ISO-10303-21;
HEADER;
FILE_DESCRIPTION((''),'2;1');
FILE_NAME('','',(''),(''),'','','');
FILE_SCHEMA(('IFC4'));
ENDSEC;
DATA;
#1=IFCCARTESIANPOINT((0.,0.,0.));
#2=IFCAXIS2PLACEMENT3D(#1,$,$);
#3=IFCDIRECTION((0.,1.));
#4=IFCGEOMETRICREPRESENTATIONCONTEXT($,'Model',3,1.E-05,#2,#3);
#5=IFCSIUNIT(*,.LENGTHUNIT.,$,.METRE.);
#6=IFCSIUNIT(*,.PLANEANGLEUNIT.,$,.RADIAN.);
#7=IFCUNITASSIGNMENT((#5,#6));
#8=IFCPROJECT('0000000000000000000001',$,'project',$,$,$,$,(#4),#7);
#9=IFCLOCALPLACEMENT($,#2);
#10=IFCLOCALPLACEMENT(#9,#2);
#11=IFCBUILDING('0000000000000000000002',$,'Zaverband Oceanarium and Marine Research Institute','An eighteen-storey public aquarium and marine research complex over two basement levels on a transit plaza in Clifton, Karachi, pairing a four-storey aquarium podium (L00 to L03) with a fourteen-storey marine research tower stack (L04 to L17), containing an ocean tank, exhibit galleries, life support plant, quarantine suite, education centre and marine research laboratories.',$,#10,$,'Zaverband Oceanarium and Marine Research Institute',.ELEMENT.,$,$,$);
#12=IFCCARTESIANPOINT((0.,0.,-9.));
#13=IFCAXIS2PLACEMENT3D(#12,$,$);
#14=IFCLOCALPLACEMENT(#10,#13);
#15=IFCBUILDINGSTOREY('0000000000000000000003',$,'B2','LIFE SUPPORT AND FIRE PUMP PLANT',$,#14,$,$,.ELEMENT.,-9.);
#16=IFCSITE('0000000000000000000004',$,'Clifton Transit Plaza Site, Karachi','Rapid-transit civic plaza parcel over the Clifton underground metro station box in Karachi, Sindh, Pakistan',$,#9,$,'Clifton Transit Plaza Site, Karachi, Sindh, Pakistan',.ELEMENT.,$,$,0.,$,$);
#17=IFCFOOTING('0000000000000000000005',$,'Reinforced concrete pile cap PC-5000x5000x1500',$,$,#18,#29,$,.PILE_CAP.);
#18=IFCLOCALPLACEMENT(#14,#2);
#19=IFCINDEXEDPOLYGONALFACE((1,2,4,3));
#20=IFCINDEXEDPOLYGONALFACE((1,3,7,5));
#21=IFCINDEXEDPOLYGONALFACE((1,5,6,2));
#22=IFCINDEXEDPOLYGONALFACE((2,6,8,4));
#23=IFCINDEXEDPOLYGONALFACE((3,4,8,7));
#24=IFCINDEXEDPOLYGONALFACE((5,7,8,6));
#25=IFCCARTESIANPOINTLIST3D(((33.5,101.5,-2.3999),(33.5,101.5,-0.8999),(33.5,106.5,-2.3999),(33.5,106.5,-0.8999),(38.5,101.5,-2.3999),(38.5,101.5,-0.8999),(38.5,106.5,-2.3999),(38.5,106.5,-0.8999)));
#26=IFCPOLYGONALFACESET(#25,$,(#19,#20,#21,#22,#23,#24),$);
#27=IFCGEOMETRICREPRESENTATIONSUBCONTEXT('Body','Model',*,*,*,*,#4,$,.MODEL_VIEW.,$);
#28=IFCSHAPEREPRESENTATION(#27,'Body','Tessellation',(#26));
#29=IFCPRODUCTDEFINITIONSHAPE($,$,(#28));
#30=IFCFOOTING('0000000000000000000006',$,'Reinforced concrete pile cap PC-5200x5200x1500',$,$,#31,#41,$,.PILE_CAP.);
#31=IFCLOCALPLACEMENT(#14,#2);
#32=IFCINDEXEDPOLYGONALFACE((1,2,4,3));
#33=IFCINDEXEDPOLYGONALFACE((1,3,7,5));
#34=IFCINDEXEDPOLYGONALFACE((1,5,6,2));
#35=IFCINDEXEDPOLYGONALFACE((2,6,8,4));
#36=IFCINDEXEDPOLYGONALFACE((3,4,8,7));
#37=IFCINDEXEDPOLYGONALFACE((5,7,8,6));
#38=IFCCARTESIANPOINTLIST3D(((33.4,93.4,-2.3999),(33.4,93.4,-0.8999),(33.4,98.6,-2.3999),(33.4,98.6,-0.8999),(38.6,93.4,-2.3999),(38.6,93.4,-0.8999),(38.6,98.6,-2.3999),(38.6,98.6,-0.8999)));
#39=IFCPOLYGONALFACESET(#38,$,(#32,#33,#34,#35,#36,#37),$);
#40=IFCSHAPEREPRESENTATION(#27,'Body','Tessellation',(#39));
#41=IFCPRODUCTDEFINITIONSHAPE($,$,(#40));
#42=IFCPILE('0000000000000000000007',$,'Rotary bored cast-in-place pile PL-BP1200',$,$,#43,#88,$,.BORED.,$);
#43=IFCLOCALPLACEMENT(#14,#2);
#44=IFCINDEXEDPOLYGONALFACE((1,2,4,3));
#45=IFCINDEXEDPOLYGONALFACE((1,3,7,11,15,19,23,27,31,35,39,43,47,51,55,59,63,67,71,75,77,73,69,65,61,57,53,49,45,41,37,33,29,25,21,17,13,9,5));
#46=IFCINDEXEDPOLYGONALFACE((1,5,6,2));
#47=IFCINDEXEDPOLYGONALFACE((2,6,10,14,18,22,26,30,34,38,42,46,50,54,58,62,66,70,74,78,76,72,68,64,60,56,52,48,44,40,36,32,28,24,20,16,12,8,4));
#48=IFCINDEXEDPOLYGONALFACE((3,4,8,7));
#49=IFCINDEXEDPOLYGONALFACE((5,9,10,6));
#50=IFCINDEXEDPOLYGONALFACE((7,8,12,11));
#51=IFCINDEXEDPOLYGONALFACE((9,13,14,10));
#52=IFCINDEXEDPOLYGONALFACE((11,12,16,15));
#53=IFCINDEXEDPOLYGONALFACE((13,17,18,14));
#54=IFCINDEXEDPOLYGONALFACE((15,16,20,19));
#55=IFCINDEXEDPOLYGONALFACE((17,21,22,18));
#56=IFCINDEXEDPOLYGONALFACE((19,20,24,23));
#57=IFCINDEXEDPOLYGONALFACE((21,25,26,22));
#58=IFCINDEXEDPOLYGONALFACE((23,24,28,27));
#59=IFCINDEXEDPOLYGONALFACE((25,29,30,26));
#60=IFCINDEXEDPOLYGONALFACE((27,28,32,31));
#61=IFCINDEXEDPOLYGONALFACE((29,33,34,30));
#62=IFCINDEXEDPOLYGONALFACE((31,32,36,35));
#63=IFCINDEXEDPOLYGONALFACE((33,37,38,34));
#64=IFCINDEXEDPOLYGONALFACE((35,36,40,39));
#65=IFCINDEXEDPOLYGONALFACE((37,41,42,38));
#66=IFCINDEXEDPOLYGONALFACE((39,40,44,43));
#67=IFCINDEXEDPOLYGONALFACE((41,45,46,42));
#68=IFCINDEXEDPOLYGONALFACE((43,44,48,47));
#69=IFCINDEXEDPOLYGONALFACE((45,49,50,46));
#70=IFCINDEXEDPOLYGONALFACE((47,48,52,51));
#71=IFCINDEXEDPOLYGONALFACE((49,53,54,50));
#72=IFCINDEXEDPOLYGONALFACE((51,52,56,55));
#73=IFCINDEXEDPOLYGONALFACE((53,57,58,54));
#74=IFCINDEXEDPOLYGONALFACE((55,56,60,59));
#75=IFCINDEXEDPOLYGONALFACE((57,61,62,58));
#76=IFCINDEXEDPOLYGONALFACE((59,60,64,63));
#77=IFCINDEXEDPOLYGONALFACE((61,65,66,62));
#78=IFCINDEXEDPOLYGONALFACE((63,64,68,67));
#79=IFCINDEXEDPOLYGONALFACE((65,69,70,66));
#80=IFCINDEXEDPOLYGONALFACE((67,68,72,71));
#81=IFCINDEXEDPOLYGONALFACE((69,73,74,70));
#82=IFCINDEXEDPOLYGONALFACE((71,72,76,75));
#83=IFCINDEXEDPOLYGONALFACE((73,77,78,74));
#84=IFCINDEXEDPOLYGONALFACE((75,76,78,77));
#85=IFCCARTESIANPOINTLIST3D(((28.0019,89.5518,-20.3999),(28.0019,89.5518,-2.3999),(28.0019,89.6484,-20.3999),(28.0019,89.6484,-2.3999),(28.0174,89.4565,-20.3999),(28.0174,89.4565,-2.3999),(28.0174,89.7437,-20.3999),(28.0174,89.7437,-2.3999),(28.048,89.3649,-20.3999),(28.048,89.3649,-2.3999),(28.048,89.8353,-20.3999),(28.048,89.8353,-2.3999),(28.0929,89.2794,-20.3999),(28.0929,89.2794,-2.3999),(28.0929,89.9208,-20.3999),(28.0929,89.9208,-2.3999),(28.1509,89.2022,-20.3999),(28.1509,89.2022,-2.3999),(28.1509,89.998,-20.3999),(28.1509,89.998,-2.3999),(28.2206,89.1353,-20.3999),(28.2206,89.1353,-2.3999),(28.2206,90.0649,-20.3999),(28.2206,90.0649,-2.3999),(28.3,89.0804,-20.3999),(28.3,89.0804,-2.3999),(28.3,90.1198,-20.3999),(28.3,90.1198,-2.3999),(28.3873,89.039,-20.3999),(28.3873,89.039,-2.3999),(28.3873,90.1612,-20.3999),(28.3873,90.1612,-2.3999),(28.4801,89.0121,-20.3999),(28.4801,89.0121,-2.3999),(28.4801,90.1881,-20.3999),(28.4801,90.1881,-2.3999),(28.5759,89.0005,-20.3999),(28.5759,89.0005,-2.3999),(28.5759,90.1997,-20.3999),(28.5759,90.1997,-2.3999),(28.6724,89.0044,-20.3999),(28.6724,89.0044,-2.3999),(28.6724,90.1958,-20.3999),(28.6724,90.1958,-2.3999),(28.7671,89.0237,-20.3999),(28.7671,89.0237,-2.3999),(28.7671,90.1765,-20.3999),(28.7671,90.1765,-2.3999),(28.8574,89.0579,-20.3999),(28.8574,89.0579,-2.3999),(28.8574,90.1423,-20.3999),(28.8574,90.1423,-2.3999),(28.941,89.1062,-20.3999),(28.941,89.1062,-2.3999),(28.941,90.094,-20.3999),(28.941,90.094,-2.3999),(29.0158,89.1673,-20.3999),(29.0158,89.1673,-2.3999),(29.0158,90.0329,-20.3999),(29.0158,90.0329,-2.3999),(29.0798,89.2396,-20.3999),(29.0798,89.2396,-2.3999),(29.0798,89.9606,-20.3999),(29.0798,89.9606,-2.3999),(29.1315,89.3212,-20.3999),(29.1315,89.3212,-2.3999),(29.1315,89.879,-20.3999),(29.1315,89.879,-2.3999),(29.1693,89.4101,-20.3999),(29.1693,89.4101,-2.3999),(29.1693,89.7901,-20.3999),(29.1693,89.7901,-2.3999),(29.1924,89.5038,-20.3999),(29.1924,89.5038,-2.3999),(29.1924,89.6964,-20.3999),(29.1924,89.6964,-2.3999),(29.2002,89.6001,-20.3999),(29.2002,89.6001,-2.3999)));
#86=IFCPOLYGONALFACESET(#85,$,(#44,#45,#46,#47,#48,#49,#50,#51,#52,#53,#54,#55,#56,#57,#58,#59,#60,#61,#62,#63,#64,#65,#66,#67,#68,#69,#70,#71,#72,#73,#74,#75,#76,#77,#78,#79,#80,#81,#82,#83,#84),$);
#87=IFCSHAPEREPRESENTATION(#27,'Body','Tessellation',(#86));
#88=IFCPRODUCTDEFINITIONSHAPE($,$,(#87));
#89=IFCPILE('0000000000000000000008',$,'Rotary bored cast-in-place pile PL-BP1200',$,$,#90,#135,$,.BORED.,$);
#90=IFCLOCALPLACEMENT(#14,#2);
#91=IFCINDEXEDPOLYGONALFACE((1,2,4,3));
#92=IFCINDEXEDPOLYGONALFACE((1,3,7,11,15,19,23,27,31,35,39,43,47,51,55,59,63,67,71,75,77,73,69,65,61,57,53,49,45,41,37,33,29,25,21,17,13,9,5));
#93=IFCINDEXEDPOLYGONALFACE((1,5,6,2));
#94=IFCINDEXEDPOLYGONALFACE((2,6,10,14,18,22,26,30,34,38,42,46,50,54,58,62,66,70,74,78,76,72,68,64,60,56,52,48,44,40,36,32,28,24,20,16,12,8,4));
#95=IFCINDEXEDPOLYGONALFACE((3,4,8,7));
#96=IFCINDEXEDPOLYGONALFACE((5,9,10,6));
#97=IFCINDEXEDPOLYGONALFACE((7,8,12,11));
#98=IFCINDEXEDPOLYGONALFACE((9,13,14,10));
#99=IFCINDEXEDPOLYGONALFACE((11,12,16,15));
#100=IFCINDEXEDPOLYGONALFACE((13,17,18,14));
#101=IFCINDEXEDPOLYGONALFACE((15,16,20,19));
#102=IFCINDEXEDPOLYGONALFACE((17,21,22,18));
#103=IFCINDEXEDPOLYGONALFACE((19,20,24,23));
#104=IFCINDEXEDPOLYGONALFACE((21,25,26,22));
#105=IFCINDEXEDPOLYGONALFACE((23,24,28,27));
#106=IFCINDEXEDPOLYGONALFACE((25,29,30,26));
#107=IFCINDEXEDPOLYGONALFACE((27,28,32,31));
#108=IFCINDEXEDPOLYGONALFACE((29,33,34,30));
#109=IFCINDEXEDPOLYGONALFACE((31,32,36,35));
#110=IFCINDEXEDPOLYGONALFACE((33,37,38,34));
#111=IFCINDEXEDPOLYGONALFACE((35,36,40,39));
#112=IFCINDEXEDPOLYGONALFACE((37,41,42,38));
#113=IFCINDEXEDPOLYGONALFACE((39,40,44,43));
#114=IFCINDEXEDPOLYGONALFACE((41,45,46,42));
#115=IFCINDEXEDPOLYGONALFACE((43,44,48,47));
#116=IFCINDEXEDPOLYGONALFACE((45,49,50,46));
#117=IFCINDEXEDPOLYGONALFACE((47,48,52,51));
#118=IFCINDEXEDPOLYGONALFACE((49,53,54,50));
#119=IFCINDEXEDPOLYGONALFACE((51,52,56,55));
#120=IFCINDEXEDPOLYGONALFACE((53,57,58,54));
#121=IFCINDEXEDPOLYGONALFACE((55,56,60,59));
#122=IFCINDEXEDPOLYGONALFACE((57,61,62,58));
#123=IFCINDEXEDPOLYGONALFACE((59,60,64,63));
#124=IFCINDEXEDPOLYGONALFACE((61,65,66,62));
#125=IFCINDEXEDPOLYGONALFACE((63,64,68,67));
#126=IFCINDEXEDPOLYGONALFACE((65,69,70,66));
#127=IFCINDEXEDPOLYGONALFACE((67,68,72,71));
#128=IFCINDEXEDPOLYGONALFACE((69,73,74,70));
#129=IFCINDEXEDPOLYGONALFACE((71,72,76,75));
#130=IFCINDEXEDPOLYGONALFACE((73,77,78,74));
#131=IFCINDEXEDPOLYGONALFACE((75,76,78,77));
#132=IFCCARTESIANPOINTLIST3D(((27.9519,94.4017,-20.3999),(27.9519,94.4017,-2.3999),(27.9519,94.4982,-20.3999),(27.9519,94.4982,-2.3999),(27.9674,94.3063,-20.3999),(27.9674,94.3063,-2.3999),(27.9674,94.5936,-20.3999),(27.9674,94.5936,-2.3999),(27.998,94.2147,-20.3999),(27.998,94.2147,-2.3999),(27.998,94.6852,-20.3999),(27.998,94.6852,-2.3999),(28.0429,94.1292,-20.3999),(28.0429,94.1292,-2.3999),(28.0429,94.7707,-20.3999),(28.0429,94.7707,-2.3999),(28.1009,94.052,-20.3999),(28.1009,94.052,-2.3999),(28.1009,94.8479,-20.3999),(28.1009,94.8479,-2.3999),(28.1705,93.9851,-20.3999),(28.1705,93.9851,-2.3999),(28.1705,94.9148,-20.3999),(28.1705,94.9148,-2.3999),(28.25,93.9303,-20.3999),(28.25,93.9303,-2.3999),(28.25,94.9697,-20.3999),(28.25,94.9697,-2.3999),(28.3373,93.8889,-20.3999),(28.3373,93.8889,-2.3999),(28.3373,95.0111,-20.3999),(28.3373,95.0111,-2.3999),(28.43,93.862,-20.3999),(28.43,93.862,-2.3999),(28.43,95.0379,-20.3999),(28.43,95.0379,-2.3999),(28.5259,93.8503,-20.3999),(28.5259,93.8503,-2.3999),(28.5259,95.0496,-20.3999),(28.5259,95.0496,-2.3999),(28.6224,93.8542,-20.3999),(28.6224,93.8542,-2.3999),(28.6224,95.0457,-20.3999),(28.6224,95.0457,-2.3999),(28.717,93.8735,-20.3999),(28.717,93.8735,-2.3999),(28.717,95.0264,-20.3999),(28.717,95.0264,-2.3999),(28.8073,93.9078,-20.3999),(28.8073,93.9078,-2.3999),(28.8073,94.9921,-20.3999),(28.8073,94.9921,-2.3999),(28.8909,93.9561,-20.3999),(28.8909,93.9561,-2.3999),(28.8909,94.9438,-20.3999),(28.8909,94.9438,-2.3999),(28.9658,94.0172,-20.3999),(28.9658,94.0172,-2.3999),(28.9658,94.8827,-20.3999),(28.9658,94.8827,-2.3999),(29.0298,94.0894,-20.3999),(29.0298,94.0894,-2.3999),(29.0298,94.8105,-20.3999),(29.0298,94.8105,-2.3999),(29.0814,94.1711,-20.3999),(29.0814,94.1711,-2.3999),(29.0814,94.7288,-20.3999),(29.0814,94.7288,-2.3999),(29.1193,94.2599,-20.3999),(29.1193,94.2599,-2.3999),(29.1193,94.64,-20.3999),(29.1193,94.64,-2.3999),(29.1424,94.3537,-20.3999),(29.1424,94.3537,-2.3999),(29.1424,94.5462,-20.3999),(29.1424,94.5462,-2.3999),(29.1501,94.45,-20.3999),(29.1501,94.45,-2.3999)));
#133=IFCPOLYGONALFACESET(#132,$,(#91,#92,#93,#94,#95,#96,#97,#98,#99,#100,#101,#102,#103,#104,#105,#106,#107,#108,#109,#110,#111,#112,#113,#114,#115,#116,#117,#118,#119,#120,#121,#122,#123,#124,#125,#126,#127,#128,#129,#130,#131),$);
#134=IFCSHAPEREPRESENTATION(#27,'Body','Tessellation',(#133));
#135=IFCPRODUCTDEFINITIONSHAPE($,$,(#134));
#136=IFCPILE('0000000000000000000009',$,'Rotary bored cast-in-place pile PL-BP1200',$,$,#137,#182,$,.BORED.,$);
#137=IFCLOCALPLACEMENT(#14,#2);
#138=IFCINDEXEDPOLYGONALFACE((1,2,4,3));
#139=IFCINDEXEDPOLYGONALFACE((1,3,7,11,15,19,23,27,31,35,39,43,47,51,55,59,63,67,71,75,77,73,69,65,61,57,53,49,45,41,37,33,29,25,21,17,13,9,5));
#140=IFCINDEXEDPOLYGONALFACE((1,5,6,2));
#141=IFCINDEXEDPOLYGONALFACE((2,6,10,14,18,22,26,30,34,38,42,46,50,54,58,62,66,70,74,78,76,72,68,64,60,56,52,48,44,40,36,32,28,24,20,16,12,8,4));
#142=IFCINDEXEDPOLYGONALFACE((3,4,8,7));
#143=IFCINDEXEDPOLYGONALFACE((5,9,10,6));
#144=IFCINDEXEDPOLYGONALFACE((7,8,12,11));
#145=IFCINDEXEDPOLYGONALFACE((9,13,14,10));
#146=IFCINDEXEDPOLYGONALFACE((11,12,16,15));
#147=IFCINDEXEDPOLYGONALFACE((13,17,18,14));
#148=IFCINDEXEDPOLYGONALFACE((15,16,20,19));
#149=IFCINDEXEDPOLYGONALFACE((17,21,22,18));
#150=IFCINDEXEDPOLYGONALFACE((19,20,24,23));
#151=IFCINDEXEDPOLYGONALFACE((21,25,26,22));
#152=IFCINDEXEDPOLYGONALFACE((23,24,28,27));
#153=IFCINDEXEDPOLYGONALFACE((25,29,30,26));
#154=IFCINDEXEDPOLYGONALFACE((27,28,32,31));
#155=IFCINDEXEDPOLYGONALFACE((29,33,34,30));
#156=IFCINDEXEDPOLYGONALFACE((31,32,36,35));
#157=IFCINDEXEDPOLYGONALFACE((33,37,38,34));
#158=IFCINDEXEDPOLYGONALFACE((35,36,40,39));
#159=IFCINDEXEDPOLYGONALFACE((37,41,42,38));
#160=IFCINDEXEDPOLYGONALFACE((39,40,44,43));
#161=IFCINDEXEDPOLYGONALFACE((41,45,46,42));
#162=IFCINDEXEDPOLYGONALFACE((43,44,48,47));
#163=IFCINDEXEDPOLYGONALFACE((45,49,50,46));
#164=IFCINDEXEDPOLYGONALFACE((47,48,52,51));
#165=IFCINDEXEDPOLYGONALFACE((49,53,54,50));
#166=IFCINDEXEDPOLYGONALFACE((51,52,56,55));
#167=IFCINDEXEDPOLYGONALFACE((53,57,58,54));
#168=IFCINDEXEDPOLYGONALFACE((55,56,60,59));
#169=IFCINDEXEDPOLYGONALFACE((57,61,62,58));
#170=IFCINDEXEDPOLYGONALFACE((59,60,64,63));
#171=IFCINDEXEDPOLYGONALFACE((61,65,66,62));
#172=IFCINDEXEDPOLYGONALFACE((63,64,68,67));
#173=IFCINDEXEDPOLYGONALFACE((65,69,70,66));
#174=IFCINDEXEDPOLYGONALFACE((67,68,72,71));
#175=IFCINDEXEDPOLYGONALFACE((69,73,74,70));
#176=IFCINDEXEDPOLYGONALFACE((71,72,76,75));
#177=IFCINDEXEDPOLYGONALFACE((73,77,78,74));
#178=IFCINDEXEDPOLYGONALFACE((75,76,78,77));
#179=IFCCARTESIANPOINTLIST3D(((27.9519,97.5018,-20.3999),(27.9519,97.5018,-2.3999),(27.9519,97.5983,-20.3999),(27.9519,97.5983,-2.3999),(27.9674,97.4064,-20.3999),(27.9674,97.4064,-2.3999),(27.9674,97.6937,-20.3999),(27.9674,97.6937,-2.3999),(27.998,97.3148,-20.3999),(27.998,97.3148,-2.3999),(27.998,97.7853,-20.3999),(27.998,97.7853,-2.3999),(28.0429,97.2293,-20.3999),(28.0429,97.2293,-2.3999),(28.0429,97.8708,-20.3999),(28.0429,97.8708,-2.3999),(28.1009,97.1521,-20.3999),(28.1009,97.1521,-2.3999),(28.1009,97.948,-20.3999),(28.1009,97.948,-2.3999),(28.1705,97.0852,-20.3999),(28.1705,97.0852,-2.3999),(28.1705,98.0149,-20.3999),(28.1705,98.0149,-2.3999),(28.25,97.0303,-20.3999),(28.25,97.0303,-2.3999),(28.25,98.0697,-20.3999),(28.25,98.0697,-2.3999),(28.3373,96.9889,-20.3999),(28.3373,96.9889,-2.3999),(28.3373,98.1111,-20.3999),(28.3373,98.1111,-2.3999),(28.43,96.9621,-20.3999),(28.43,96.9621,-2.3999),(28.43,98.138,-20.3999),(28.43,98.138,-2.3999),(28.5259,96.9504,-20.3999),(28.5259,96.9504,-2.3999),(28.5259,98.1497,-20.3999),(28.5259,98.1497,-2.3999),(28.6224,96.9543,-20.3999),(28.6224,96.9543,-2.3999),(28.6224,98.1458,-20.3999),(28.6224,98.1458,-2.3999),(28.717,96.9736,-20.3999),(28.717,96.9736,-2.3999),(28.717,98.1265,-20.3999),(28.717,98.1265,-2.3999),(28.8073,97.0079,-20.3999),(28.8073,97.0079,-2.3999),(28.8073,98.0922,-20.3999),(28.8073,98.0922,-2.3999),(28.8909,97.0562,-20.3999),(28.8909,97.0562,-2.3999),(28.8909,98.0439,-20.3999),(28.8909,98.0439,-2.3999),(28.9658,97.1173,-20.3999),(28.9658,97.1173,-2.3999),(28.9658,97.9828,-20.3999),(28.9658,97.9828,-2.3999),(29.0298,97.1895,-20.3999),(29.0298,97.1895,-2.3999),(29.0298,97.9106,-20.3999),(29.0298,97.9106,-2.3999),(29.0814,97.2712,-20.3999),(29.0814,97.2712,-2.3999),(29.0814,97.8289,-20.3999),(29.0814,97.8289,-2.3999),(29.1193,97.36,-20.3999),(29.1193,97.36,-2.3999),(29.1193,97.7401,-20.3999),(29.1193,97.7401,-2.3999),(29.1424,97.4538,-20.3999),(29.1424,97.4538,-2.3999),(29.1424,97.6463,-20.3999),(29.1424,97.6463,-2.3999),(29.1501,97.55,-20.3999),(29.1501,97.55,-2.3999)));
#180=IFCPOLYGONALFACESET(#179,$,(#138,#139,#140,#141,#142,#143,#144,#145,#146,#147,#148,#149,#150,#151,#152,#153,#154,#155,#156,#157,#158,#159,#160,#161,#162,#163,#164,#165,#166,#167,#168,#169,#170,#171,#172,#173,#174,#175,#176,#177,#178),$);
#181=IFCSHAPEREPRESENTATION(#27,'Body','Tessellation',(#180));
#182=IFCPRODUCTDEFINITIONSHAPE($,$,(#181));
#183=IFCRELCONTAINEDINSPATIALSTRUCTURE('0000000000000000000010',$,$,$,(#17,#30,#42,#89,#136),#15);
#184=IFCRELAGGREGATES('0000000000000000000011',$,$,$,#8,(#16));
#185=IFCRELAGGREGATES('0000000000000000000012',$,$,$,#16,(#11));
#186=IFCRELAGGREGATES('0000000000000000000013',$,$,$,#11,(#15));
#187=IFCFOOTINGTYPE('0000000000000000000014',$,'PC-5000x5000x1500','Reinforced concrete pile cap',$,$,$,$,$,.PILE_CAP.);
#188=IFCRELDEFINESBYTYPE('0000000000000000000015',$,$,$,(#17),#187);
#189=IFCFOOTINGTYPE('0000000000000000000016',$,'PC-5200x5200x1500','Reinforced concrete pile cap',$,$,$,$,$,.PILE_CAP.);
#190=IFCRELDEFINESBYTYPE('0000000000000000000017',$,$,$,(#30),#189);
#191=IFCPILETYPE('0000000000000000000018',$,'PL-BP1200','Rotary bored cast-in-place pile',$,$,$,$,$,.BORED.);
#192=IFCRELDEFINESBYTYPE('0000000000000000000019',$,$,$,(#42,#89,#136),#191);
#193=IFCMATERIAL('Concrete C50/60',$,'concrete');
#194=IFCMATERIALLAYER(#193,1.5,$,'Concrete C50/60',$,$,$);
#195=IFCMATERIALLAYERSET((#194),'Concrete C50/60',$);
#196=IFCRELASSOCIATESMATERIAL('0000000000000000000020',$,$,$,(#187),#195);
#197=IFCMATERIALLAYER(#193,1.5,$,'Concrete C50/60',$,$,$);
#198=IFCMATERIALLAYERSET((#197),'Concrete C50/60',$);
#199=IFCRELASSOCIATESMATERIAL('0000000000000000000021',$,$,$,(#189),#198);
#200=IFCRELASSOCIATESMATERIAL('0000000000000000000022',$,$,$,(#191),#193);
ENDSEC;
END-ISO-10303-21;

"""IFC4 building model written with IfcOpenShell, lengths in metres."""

from ifc_helpers import new_model, si_unit, direction, frame, origin, origin_2d, place, context, subcontext, project, spatial, rectangle, circle, extrude, material, layer, layer_set, material_profile, profile_set, type_object, element, save


model = new_model("IFC4")

# Units and contexts
model_context = context("Model", 3, precision=1e-05, world=origin(), true_north=direction((0.0, 1.0)))
body_context = subcontext(model_context, "Body", "Model", "MODEL_VIEW")
ifc_project = project(units=[si_unit("LENGTHUNIT", "METRE"), si_unit("PLANEANGLEUNIT", "RADIAN")], contexts=[model_context])

# Site, building, storey
site_placement = place(None, origin())
site = spatial("IfcSite", under=ifc_project, at=site_placement, Name="Clifton Transit Plaza Site, Karachi", Description="Rapid-transit civic plaza parcel over the Clifton underground metro station box in Karachi, Sindh, Pakistan", LongName="Clifton Transit Plaza Site, Karachi, Sindh, Pakistan", CompositionType="ELEMENT", RefElevation=0.0)
building_placement = place(site_placement, origin())
building = spatial("IfcBuilding", under=site, at=building_placement, Name="Zaverband Oceanarium and Marine Research Institute", Description="An eighteen-storey public aquarium and marine research complex over two basement levels on a transit plaza in Clifton, Karachi, pairing a four-storey aquarium podium (L00 to L03) with a fourteen-storey marine research tower stack (L04 to L17), containing an ocean tank, exhibit galleries, life support plant, quarantine suite, education centre and marine research laboratories.", LongName="Zaverband Oceanarium and Marine Research Institute", CompositionType="ELEMENT")
storey_placement = place(building_placement, frame((0.0, 0.0, -9.0)))
storey = spatial("IfcBuildingStorey", under=building, at=storey_placement, Name="B2", Description="LIFE SUPPORT AND FIRE PUMP PLANT", CompositionType="ELEMENT", Elevation=-9.0)

# Footings
ifc_material_1 = material(Name="Concrete C50/60", Category="concrete")
ifc_layer_1 = layer(ifc_material_1, 1.5, Name="Concrete C50/60")
ifc_layer_set_1 = layer_set([ifc_layer_1], Name="Concrete C50/60")
footing_type_1 = type_object("IfcFootingType", Name="PC-5000x5000x1500", Description="Reinforced concrete pile cap", PredefinedType="PILE_CAP", material=ifc_layer_set_1)
footing_1_placement = place(storey_placement, frame((36.0, 104.0, -2.3999), z_axis=(0.0, 0.0, 1.0), x_axis=(1.0, 0.0, 0.0)))
element("IfcFooting", 1, at=footing_1_placement, inside=storey, type_object=footing_type_1, Name="Reinforced concrete pile cap PC-5000x5000x1500", PredefinedType="PILE_CAP", context=body_context, shape_type="SweptSolid", body=[
    extrude(rectangle(XDim=5.0, YDim=5.0, at=origin_2d()), origin(), (0.0, 0.0, 1.0), 1.5),
])
ifc_layer_2 = layer(ifc_material_1, 1.5, Name="Concrete C50/60")
ifc_layer_set_2 = layer_set([ifc_layer_2], Name="Concrete C50/60")
footing_type_2 = type_object("IfcFootingType", Name="PC-5200x5200x1500", Description="Reinforced concrete pile cap", PredefinedType="PILE_CAP", material=ifc_layer_set_2)
footing_2_placement = place(storey_placement, frame((36.0, 96.0, -2.3999), z_axis=(0.0, 0.0, 1.0), x_axis=(1.0, 0.0, 0.0)))
element("IfcFooting", 2, at=footing_2_placement, inside=storey, type_object=footing_type_2, Name="Reinforced concrete pile cap PC-5200x5200x1500", PredefinedType="PILE_CAP", context=body_context, shape_type="SweptSolid", body=[
    extrude(rectangle(XDim=5.2, YDim=5.2, at=origin_2d()), origin(), (0.0, 0.0, 1.0), 1.5),
])

# Piles
ifc_material_profile_1 = material_profile(ifc_material_1, circle(Radius=0.6001, at=origin_2d()), Name="BP1200")
ifc_profile_set_1 = profile_set([ifc_material_profile_1], Name="Concrete C50/60")
pile_type = type_object("IfcPileType", Name="PL-BP1200", Description="Rotary bored cast-in-place pile", PredefinedType="BORED", material=ifc_profile_set_1)
for number, where, z_axis, x_axis, name in (
    (3, (28.6001, 89.6001, -2.3999), (0.0, 0.0, -1.0), (1.0, 0.0, 0.0), "Rotary bored cast-in-place pile PL-BP1200"),
    (4, (28.55, 94.45, -2.3999), (0.0, 0.0, -1.0), (1.0, 0.0, 0.0), "Rotary bored cast-in-place pile PL-BP1200"),
    (5, (28.55, 97.55, -2.3999), (0.0, 0.0, -1.0), (1.0, 0.0, 0.0), "Rotary bored cast-in-place pile PL-BP1200"),
):
    element("IfcPile", number, at=place(storey_placement, frame(where, z_axis=z_axis, x_axis=x_axis)), inside=storey, type_object=pile_type, Name=name, PredefinedType="BORED", context=body_context, shape_type="SweptSolid", body=[
        extrude(circle(Radius=0.6001, at=origin_2d()), origin(), (0.0, 0.0, 1.0), 18.0),
    ])

save(model, "model.ifc")
